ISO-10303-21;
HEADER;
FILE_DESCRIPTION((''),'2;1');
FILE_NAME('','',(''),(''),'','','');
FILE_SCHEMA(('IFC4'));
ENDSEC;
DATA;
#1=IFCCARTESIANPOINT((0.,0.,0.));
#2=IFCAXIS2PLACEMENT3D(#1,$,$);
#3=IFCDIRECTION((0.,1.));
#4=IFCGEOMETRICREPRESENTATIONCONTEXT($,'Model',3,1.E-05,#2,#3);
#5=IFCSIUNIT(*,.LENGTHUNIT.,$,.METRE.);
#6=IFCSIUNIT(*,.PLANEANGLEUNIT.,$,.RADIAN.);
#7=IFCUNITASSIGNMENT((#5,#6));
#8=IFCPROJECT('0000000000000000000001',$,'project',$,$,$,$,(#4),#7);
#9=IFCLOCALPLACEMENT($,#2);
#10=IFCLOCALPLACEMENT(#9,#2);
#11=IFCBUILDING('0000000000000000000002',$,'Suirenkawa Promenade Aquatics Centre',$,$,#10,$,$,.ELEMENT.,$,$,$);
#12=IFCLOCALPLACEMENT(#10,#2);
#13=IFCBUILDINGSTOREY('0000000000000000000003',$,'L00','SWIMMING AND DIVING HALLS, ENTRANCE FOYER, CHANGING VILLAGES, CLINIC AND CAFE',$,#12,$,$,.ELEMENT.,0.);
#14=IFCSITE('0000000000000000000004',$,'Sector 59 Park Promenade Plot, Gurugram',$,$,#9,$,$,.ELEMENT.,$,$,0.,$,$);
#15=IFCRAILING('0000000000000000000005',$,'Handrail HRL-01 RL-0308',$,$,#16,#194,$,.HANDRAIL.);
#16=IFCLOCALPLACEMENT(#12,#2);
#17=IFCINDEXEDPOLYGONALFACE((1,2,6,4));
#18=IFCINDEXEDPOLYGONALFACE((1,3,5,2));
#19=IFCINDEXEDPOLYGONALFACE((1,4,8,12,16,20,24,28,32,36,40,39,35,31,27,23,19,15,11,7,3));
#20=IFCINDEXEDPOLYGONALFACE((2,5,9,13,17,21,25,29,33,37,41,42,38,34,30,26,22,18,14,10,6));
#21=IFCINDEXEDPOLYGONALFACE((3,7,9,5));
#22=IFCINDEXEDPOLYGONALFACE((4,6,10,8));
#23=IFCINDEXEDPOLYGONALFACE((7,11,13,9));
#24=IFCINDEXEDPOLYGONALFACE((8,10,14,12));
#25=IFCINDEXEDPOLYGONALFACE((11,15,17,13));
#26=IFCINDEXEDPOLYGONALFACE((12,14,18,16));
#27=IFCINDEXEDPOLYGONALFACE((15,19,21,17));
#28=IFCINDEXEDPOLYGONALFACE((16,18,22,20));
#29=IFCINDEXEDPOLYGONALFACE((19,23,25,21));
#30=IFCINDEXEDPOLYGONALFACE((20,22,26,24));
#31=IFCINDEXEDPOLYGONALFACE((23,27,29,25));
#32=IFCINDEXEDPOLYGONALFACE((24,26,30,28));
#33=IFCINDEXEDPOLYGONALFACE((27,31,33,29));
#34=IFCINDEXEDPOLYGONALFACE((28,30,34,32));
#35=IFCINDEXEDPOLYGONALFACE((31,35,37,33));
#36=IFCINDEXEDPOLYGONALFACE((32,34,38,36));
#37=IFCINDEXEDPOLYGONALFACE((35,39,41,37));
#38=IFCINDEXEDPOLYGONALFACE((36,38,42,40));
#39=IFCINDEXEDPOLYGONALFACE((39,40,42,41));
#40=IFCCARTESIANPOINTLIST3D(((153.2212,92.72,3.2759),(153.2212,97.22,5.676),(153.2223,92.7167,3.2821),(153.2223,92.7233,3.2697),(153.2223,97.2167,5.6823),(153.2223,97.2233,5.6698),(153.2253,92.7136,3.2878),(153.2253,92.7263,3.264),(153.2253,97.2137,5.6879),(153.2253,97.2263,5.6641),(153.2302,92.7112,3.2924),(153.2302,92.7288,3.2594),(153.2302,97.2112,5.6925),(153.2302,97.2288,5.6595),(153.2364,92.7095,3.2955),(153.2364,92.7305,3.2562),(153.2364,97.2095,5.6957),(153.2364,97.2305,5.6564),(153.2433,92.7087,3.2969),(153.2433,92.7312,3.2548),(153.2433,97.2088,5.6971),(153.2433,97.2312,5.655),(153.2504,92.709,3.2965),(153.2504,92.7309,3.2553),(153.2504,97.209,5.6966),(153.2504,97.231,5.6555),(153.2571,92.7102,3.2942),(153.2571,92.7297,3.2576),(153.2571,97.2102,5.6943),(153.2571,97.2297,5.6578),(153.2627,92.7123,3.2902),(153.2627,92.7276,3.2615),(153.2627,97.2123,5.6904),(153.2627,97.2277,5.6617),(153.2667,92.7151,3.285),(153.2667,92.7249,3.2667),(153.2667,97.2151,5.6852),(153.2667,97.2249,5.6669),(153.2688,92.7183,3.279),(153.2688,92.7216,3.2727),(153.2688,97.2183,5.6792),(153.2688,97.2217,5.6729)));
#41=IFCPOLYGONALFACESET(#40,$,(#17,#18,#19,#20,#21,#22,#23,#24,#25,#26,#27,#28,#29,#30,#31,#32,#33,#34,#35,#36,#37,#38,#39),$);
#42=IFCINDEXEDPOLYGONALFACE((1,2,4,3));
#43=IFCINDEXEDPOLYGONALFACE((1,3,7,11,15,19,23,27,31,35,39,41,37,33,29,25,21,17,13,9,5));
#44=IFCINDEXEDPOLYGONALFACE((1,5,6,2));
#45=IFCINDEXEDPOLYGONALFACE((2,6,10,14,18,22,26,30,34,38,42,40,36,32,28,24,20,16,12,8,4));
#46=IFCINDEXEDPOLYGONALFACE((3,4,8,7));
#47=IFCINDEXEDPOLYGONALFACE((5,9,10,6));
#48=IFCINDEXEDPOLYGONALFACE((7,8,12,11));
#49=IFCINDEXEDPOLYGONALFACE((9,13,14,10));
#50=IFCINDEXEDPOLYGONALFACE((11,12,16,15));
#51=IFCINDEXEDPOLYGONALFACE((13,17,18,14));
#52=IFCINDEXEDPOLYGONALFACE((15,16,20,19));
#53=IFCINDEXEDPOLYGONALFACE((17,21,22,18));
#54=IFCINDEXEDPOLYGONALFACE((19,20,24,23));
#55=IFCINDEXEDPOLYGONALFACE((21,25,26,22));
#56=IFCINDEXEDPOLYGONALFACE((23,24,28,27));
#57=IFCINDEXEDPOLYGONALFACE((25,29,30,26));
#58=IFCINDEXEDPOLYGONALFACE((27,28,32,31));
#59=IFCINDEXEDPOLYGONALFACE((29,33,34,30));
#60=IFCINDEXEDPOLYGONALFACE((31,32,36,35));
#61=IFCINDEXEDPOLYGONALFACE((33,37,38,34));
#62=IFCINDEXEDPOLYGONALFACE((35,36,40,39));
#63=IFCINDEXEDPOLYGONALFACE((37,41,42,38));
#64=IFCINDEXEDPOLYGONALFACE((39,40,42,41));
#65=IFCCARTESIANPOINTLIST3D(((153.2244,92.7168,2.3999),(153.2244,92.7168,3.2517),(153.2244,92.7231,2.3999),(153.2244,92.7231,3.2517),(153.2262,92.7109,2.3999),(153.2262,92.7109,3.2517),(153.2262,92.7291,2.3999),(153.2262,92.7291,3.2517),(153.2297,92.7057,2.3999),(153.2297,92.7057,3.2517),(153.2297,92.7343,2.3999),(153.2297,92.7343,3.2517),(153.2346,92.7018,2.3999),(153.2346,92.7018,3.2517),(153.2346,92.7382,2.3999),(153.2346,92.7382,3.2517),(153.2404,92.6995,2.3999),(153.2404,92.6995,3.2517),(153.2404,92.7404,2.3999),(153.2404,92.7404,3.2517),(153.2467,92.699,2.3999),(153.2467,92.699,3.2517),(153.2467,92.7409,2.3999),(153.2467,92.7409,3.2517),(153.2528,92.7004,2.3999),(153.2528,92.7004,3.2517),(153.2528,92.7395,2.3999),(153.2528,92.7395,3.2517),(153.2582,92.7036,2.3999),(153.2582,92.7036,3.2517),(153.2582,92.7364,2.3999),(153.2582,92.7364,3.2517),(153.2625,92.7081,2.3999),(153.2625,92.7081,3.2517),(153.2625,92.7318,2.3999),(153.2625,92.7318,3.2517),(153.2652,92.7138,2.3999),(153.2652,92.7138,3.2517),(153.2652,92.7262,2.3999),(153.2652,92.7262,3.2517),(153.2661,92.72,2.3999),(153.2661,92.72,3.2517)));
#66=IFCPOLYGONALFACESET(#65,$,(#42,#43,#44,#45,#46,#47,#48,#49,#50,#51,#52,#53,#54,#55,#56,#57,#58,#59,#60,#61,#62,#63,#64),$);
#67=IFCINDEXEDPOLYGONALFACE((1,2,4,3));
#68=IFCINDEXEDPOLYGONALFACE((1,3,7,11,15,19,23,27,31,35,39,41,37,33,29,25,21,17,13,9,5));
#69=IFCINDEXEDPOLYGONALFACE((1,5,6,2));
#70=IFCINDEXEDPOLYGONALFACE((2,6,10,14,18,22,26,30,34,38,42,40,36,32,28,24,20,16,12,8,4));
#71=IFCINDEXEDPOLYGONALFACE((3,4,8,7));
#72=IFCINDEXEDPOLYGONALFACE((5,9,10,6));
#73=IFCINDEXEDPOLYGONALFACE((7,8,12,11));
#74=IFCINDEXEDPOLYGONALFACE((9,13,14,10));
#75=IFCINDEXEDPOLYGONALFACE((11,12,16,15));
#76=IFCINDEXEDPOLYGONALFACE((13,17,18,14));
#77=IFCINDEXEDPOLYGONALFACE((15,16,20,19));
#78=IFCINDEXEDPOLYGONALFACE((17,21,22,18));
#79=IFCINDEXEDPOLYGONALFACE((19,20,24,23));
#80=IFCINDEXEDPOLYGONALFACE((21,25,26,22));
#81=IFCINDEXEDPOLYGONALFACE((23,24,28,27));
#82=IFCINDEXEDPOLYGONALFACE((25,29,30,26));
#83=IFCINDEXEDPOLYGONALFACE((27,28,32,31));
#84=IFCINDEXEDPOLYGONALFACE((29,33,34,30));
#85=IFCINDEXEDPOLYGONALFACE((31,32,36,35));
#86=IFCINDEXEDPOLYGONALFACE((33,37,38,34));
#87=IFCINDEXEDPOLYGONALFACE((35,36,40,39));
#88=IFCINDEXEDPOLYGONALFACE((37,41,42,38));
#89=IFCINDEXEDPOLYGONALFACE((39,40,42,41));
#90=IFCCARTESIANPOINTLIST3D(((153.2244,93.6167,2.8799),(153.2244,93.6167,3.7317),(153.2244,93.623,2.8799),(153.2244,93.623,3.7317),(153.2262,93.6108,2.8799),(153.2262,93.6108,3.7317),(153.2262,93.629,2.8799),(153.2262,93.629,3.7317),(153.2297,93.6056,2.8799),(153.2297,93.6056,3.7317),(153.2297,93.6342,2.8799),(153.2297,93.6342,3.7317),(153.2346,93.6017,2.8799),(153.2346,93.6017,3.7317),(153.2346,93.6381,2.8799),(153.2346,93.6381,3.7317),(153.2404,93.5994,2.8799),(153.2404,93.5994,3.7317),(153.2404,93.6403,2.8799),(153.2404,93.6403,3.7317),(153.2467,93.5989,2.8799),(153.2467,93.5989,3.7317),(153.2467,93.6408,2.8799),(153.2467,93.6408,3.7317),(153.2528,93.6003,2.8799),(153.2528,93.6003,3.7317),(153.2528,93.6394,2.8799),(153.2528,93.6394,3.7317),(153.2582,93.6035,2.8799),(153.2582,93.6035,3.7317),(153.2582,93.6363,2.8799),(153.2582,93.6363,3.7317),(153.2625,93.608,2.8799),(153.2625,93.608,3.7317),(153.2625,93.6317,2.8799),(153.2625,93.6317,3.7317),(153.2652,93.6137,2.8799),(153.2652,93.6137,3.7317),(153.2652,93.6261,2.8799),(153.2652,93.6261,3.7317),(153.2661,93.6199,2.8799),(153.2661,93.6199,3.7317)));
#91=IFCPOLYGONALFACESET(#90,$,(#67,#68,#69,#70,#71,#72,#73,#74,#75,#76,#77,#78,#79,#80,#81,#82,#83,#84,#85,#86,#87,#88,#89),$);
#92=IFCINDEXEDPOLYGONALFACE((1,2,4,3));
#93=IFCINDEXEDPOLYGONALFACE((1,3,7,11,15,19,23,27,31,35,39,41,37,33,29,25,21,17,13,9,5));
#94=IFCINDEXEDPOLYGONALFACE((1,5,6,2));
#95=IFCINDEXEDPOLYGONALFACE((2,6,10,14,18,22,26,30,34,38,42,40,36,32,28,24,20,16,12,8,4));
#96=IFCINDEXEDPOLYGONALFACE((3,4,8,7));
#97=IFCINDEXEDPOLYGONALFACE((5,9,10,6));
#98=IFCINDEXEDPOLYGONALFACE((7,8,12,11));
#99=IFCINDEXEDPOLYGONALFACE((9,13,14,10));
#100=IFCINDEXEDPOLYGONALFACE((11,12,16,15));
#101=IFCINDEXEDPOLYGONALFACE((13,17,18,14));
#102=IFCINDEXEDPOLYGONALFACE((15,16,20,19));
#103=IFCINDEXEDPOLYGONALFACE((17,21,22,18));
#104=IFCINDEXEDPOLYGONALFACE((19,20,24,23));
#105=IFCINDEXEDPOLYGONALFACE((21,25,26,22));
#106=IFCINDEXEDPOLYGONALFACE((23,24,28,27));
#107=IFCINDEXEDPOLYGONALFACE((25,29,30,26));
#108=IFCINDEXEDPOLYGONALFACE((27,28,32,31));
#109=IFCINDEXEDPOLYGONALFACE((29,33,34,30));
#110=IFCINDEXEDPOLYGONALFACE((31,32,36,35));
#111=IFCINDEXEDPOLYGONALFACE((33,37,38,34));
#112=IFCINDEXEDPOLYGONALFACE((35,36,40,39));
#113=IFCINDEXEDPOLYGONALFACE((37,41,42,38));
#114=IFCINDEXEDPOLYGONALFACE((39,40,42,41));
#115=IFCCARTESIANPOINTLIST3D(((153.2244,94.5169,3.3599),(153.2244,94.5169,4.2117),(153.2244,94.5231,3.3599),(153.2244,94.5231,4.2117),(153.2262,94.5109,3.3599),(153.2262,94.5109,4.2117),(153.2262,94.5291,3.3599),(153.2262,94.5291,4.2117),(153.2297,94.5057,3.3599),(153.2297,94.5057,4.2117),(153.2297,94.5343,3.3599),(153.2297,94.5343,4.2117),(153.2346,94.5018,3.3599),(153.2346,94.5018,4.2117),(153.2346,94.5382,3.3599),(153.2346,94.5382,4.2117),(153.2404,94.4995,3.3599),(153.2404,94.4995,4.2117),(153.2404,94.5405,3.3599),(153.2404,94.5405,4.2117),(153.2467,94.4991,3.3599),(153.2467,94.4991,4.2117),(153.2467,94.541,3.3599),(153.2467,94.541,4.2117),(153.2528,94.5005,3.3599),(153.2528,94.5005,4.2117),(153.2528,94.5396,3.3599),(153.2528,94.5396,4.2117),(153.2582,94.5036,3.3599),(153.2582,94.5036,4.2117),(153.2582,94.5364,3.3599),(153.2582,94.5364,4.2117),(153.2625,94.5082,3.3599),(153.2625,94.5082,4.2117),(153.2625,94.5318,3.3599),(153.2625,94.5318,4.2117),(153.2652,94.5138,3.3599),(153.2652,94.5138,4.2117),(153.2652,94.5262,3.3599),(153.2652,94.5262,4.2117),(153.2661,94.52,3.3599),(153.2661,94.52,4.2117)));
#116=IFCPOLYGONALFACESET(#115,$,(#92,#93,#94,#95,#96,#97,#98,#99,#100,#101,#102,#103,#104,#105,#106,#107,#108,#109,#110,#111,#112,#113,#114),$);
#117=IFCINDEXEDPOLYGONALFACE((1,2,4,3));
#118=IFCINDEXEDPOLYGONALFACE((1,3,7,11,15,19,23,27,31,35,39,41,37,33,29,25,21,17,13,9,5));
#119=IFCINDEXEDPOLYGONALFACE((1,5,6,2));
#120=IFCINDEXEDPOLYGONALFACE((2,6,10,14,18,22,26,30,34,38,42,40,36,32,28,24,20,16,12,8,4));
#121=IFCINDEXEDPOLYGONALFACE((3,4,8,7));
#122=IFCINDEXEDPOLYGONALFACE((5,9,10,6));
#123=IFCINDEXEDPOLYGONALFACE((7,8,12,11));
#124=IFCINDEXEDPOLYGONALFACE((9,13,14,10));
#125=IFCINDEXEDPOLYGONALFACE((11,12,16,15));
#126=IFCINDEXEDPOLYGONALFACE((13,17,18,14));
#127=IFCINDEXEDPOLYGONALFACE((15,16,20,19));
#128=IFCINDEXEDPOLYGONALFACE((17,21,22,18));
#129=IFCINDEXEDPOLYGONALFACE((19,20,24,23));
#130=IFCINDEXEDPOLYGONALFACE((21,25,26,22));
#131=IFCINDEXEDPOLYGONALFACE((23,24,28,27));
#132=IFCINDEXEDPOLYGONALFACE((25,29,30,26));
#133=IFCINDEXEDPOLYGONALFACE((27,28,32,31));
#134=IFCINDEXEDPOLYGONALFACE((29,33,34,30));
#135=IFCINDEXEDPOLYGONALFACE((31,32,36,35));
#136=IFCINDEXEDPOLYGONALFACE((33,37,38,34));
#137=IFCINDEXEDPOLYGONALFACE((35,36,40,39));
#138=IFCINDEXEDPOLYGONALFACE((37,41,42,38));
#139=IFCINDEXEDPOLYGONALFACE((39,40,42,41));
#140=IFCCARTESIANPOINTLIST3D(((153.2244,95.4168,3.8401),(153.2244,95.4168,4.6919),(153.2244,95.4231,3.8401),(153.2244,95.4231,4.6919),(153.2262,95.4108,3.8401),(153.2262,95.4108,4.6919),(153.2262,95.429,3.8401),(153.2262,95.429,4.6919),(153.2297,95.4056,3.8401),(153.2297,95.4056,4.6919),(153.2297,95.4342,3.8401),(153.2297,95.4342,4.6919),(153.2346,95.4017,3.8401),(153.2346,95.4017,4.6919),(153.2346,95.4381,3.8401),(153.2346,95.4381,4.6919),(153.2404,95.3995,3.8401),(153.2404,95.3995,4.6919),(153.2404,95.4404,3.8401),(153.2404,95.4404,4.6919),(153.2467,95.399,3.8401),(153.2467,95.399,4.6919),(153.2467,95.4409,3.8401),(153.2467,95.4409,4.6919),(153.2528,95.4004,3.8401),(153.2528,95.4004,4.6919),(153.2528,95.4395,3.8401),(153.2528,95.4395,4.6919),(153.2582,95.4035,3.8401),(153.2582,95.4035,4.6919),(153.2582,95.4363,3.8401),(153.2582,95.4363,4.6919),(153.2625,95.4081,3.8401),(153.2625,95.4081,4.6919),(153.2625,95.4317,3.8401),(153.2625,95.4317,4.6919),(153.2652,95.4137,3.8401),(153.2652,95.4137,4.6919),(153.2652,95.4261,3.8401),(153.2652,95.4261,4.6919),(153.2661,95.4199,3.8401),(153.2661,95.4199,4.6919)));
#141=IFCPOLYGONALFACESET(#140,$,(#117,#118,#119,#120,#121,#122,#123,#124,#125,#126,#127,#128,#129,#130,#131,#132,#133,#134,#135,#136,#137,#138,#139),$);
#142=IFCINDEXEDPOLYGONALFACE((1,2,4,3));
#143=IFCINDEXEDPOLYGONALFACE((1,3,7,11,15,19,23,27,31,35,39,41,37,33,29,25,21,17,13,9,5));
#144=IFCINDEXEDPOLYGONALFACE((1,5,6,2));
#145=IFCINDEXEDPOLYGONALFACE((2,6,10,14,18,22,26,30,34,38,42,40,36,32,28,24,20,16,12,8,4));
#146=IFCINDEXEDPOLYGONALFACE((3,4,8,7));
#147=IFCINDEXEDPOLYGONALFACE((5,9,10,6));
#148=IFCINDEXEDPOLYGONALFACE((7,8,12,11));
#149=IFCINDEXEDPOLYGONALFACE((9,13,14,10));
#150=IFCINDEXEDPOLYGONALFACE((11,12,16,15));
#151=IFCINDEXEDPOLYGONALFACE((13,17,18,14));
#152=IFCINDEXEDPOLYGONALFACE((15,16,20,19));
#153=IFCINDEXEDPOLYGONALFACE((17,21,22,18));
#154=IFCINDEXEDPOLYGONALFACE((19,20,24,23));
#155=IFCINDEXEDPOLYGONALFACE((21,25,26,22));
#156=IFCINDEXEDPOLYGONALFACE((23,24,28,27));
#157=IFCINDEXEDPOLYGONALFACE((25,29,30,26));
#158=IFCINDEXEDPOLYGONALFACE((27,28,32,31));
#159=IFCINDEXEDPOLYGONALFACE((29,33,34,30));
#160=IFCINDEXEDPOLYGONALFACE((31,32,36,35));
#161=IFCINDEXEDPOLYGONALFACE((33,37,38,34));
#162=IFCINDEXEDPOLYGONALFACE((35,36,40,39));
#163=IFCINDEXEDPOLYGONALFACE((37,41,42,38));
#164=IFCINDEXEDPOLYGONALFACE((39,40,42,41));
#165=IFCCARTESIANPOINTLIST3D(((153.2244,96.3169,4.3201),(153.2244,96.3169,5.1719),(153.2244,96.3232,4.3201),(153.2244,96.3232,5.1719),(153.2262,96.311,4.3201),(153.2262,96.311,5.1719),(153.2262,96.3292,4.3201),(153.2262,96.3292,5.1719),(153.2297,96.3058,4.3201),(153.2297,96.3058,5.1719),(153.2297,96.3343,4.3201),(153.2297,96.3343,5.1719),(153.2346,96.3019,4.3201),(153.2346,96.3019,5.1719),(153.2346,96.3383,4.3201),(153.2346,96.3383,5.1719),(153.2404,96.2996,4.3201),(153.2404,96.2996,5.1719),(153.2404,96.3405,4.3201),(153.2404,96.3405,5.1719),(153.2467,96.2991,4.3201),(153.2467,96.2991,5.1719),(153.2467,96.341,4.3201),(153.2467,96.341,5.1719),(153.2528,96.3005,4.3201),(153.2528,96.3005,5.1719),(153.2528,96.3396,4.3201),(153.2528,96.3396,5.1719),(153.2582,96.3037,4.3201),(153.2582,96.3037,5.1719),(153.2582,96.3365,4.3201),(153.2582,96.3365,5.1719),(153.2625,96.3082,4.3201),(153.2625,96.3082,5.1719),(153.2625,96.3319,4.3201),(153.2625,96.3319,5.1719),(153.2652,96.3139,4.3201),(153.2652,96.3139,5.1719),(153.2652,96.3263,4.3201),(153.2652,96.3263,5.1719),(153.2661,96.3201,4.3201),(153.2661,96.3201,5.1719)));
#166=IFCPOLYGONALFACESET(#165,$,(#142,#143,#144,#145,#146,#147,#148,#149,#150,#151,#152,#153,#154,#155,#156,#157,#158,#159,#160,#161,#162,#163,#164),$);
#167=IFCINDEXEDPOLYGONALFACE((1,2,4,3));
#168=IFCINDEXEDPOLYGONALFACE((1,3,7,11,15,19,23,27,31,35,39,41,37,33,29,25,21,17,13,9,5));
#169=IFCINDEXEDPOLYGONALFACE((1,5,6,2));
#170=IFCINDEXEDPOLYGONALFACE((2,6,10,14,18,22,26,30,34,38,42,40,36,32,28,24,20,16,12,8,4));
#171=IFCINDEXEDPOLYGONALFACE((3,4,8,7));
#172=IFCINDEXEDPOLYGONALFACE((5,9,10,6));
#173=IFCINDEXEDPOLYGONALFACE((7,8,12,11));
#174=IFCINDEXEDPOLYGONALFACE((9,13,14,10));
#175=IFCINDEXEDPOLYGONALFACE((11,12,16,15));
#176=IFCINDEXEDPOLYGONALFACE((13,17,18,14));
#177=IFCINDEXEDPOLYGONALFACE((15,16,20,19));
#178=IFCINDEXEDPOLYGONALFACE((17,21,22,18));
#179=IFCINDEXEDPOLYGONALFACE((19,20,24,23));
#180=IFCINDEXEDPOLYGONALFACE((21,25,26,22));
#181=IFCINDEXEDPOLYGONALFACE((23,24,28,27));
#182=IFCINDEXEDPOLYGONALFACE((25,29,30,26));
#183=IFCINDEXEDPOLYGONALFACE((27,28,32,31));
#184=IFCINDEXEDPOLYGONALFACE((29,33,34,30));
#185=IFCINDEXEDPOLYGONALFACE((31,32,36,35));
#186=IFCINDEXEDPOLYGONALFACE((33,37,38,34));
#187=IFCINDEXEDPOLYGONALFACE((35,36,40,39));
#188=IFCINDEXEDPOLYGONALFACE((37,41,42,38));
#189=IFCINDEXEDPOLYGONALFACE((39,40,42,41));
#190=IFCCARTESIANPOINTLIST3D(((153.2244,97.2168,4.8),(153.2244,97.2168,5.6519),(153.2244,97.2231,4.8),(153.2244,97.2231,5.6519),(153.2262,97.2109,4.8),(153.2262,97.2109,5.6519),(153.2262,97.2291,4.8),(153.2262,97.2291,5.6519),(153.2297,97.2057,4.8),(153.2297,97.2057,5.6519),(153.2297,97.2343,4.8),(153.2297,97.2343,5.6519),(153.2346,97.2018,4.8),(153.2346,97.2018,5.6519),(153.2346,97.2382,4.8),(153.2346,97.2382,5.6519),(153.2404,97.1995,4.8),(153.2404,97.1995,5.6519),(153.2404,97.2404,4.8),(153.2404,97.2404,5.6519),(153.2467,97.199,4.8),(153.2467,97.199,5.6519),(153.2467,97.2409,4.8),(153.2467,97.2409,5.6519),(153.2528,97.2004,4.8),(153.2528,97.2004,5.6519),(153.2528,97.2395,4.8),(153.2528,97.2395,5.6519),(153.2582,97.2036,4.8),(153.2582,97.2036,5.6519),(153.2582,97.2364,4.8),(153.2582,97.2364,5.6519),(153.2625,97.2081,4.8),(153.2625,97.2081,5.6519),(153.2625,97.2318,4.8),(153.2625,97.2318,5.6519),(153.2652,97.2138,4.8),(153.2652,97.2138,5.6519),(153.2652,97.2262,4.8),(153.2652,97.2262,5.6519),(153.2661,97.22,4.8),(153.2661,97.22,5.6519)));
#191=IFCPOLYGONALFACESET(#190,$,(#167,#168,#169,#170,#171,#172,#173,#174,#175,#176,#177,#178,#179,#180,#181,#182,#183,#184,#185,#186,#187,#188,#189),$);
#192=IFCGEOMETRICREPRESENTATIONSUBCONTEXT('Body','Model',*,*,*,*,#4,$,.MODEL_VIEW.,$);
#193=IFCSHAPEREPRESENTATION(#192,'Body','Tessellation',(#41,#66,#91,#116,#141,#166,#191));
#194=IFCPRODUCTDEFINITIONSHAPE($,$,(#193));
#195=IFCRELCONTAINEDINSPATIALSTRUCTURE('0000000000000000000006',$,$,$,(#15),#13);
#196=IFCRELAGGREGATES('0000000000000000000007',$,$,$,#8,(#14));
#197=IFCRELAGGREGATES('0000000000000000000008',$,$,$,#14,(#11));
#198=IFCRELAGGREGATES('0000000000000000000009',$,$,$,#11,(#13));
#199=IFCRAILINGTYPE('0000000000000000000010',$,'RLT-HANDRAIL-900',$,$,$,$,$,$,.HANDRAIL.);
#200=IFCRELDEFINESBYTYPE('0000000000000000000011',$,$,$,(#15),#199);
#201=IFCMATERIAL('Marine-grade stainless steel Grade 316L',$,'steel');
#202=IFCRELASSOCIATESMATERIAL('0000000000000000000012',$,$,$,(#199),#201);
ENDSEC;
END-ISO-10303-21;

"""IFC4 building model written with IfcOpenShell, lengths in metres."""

from ifc_helpers import new_model, si_unit, direction, frame, origin, origin_2d, place, context, subcontext, project, spatial, circle, extrude, material, type_object, element, save


model = new_model("IFC4")

# Units and contexts
model_context = context("Model", 3, precision=1e-05, world=origin(), true_north=direction((0.0, 1.0)))
body_context = subcontext(model_context, "Body", "Model", "MODEL_VIEW")
ifc_project = project(units=[si_unit("LENGTHUNIT", "METRE"), si_unit("PLANEANGLEUNIT", "RADIAN")], contexts=[model_context])

# Site, building, storey
site_placement = place(None, origin())
site = spatial("IfcSite", under=ifc_project, at=site_placement, Name="Sector 59 Park Promenade Plot, Gurugram", CompositionType="ELEMENT", RefElevation=0.0)
building_placement = place(site_placement, origin())
building = spatial("IfcBuilding", under=site, at=building_placement, Name="Suirenkawa Promenade Aquatics Centre", CompositionType="ELEMENT")
storey_placement = place(building_placement, origin())
storey = spatial("IfcBuildingStorey", under=building, at=storey_placement, Name="L00", Description="SWIMMING AND DIVING HALLS, ENTRANCE FOYER, CHANGING VILLAGES, CLINIC AND CAFE", CompositionType="ELEMENT", Elevation=0.0)

# Railing
ifc_material_1 = material(Name="Marine-grade stainless steel Grade 316L", Category="steel")
railing_type_1 = type_object("IfcRailingType", Name="RLT-HANDRAIL-900", PredefinedType="HANDRAIL", material=ifc_material_1)
for number, where, name in (
    (1, (153.2451, 92.72, 2.3999), "Handrail HRL-01 RL-0308"),
):
    element("IfcRailing", number, at=place(storey_placement, frame(where)), inside=storey, type_object=railing_type_1, Name=name, PredefinedType="HANDRAIL", context=body_context, shape_type="SweptSolid", body=[
        extrude(circle(Radius=0.0239, at=origin_2d()), frame((0.0, 0.0, 0.876), z_axis=(0.0, 0.882341, 0.470611), x_axis=(-1.0, 0.0, 0.0)), (0.0, 0.0, 1.0), 5.1001),
        extrude(circle(Radius=0.021, at=origin_2d()), origin(), (0.0, 0.0, 1.0), 0.8518),
        extrude(circle(Radius=0.021, at=origin_2d()), frame((0.0, 0.8999, 0.48)), (0.0, 0.0, 1.0), 0.8518),
        extrude(circle(Radius=0.021, at=origin_2d()), frame((0.0, 1.8, 0.96)), (0.0, 0.0, 1.0), 0.8518),
        extrude(circle(Radius=0.021, at=origin_2d()), frame((0.0, 2.7, 1.4402)), (0.0, 0.0, 1.0), 0.8518),
        extrude(circle(Radius=0.021, at=origin_2d()), frame((0.0, 3.6001, 1.9202)), (0.0, 0.0, 1.0), 0.8518),
        extrude(circle(Radius=0.021, at=origin_2d()), frame((0.0, 4.5, 2.4001)), (0.0, 0.0, 1.0), 0.8518),
    ])

save(model, "model.ifc")
